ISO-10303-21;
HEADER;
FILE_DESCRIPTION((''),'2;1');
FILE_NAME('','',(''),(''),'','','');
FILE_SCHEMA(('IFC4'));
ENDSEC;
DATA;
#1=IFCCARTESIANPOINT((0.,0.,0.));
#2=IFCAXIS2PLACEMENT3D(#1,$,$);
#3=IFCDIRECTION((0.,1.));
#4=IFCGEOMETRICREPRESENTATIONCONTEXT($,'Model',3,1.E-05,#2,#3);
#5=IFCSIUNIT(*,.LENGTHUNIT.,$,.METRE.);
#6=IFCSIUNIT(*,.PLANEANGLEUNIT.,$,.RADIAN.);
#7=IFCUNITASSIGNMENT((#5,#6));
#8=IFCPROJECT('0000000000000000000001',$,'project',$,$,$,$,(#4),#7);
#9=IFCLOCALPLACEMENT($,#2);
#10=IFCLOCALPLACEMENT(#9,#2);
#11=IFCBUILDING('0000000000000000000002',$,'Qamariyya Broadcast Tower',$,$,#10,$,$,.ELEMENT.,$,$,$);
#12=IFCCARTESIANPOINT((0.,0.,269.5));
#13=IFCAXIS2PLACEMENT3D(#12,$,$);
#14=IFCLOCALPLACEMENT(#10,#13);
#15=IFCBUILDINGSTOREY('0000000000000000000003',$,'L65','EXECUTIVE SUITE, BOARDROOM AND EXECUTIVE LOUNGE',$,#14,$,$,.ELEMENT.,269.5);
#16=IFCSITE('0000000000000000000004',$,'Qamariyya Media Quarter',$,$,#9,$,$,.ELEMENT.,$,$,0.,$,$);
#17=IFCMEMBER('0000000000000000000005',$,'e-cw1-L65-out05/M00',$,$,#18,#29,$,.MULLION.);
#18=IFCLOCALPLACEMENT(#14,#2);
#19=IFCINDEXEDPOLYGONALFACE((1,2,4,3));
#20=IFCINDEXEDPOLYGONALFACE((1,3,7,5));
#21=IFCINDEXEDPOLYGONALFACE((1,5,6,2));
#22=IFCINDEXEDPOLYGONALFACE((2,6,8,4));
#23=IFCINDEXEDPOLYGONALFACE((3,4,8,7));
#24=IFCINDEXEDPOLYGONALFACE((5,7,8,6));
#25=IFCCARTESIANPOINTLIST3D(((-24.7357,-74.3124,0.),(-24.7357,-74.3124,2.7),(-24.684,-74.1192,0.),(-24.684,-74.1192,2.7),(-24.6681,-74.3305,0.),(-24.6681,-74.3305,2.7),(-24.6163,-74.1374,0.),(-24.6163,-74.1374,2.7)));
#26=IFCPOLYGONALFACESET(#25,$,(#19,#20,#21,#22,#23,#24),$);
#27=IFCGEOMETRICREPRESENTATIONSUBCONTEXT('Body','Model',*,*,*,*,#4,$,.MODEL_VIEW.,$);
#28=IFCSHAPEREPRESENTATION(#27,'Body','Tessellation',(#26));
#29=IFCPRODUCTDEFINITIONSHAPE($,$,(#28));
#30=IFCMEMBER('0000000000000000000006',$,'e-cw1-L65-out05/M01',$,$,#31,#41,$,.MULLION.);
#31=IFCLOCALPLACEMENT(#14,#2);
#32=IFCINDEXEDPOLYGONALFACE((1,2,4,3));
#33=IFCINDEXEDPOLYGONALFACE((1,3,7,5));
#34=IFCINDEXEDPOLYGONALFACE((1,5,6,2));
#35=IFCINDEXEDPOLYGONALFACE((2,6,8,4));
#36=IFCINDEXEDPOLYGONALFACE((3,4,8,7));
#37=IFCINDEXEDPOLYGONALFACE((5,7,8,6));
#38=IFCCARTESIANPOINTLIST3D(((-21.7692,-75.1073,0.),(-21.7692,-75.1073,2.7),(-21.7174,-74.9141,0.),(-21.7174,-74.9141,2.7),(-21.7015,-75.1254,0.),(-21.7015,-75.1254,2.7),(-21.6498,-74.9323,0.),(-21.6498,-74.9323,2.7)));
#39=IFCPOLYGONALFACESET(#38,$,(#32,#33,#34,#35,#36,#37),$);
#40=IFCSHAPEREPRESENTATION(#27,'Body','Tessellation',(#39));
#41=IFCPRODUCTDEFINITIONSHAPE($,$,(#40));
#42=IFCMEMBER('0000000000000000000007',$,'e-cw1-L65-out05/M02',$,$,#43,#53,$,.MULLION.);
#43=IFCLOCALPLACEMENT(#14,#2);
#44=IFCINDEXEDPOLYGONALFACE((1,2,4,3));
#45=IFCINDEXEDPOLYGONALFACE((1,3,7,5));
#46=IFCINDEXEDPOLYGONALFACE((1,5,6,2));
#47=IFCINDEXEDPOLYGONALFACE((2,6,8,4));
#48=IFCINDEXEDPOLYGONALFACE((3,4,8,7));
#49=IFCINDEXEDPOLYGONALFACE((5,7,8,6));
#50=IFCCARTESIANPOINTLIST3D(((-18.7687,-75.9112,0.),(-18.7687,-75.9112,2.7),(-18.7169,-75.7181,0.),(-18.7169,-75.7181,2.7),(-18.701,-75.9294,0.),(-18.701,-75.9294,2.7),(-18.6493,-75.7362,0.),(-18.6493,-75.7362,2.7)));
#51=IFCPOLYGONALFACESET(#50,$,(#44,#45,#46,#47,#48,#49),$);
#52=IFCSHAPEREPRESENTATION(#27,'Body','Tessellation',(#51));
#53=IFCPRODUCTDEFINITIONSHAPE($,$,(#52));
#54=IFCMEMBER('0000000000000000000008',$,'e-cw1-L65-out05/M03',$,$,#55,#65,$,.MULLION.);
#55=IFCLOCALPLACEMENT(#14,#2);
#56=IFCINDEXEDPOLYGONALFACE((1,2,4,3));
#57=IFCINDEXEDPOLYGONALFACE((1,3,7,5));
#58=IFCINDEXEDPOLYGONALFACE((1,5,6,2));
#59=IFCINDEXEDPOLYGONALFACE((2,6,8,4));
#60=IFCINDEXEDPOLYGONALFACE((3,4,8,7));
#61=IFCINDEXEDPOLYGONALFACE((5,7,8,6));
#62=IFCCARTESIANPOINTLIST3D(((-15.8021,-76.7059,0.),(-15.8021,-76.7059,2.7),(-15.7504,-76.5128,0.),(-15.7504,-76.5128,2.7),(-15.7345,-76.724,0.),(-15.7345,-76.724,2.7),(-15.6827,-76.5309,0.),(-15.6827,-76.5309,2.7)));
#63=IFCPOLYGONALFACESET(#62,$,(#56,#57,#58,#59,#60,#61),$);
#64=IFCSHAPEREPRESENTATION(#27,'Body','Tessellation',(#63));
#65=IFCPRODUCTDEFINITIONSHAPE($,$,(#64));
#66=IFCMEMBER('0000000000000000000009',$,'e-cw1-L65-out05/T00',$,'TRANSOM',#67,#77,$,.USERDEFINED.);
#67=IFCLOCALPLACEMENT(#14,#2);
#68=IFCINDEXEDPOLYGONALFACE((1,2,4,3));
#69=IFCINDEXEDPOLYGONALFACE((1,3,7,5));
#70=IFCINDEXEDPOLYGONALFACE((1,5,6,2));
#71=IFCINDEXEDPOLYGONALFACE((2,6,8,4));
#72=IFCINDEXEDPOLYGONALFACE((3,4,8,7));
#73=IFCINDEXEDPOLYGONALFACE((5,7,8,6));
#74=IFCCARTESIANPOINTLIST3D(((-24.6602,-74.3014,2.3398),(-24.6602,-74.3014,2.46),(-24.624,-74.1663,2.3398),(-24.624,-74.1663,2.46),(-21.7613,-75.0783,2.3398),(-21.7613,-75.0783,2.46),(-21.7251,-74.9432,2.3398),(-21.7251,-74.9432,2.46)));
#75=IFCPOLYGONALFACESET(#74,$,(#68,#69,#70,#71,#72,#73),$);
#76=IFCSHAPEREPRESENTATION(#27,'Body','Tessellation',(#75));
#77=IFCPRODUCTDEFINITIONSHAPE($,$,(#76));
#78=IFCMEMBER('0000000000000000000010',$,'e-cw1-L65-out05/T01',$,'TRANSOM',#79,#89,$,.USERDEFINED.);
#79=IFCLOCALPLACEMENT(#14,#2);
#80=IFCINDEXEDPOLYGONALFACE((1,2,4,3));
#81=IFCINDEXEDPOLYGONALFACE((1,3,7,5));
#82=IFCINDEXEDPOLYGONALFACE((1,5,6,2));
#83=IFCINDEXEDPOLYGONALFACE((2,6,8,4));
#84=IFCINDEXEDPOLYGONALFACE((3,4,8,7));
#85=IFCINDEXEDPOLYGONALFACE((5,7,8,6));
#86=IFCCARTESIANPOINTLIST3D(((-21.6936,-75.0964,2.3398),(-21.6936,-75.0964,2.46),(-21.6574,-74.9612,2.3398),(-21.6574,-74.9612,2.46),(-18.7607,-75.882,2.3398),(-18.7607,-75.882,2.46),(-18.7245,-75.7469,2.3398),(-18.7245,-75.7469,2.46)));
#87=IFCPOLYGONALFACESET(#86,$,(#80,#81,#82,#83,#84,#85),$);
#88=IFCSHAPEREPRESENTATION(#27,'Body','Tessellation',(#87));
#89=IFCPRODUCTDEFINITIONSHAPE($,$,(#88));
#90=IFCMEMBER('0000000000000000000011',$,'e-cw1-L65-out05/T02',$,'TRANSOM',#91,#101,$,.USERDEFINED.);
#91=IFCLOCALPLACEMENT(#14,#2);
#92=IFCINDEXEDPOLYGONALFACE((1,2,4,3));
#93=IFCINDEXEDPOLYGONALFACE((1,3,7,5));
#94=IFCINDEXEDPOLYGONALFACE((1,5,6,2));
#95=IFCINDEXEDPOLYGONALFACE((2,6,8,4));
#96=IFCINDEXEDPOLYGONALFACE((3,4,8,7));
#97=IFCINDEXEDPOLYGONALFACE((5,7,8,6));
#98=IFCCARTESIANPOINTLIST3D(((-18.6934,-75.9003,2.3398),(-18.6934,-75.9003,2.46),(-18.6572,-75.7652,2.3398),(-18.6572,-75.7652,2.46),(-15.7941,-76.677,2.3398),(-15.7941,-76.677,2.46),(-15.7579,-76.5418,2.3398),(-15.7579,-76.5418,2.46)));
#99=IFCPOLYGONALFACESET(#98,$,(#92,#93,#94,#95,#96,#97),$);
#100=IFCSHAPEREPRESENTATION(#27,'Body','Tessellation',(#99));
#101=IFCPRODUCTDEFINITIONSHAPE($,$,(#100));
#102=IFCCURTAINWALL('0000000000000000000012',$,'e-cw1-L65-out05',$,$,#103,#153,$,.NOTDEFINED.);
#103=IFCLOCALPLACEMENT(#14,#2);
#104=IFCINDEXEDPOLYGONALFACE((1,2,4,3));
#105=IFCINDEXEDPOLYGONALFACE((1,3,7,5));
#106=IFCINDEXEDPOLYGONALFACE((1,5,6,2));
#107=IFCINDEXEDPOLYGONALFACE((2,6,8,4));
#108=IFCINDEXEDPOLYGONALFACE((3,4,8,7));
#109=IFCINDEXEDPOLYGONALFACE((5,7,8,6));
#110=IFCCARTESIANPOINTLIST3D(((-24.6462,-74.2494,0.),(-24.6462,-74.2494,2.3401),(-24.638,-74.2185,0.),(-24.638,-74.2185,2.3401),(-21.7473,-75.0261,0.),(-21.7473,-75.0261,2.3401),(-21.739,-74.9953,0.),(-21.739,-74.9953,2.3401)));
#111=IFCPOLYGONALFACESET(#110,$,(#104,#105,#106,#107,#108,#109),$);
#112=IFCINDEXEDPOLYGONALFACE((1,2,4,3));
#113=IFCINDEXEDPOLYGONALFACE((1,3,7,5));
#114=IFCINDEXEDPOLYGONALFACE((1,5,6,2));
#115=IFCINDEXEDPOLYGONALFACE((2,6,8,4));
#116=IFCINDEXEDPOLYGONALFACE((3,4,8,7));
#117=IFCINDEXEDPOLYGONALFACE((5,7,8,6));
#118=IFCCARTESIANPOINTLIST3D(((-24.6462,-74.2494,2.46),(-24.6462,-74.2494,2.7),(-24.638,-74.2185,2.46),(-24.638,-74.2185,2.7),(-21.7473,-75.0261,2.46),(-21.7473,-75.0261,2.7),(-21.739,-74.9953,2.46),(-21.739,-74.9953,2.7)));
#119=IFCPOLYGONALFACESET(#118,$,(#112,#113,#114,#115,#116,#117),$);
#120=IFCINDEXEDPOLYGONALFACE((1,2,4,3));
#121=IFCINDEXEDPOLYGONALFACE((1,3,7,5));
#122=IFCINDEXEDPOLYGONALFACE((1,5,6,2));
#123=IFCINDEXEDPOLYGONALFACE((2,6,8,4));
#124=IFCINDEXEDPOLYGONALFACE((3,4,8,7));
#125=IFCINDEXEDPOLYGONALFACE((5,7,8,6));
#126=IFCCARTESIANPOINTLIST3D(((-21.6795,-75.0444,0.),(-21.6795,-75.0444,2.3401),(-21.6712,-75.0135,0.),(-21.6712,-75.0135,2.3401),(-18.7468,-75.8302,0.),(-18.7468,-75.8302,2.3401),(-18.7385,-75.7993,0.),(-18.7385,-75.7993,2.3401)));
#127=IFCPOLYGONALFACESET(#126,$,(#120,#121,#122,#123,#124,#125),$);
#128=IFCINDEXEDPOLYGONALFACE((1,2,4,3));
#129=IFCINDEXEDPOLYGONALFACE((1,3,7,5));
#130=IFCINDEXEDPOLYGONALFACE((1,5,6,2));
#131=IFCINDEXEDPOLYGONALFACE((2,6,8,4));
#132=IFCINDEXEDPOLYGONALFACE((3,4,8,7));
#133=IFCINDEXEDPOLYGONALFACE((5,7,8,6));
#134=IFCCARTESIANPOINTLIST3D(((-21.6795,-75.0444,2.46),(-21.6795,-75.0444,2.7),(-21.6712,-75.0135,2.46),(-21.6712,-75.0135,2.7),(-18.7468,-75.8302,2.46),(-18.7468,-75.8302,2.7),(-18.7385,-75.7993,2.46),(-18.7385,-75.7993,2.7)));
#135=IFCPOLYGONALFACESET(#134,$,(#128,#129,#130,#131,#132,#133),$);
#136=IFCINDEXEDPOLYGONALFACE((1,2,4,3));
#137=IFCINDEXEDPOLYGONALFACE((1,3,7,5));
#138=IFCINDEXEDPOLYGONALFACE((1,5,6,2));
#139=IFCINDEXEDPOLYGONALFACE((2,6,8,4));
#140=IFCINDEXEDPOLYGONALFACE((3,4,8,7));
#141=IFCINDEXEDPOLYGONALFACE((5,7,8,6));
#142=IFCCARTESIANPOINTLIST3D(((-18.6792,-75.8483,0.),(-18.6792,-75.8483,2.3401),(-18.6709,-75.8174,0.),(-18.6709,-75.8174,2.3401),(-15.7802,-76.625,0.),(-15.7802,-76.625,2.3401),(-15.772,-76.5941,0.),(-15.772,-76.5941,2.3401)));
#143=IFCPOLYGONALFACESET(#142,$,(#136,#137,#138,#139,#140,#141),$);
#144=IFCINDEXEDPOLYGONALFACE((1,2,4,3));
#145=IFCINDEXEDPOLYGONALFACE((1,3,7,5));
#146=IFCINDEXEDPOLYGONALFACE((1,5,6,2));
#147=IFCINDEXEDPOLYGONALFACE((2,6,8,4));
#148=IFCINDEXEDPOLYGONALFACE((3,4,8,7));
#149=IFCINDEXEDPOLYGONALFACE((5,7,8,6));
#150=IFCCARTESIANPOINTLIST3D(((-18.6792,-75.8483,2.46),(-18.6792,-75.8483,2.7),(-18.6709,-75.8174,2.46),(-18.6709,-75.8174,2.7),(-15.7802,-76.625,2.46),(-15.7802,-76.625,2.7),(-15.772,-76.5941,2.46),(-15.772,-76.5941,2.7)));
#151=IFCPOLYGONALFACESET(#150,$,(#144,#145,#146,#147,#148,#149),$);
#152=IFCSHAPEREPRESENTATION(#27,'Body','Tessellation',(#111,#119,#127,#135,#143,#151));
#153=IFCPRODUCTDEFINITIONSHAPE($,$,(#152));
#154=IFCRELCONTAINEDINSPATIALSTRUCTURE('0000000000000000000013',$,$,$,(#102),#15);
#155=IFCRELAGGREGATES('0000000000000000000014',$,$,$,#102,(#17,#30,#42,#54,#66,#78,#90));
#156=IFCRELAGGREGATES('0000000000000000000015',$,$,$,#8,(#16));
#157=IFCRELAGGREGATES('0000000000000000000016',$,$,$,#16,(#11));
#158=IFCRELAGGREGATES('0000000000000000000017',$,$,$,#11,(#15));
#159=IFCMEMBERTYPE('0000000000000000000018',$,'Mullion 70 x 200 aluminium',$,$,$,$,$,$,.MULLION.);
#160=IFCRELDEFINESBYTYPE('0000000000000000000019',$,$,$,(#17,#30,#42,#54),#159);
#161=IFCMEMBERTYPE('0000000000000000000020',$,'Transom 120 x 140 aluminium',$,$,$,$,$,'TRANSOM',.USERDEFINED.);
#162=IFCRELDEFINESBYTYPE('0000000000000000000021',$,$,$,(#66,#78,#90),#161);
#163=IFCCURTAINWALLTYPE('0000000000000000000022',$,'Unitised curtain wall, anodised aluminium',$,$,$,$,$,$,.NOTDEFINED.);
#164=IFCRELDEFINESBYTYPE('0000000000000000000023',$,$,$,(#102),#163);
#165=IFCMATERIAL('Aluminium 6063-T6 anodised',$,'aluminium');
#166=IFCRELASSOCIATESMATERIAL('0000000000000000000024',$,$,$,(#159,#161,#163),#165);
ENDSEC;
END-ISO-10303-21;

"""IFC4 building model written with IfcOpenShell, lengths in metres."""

from ifc_helpers import new_model, si_unit, direction, frame, origin, origin_2d, place, context, subcontext, project, spatial, rectangle, extrude, material, material_profile, profile_set, type_object, element, aggregate, save


model = new_model("IFC4")

# Units and contexts
model_context = context("Model", 3, precision=1e-05, world=origin(), true_north=direction((0.0, 1.0)))
body_context = subcontext(model_context, "Body", "Model", "MODEL_VIEW")
ifc_project = project(units=[si_unit("LENGTHUNIT", "METRE"), si_unit("PLANEANGLEUNIT", "RADIAN")], contexts=[model_context])

# Members
ifc_material = material(Name="Aluminium 6063-T6 anodised", Category="aluminium")
ifc_material_profile_1 = material_profile(ifc_material, rectangle(XDim=0.2, YDim=0.0701, at=origin_2d()))
ifc_profile_set_1 = profile_set([ifc_material_profile_1], Name="Aluminium 6063-T6 anodised")
member_type_1 = type_object("IfcMemberType", Name="Mullion 70 x 200 aluminium", PredefinedType="MULLION", material=ifc_profile_set_1)
site_placement = place(None, origin())
building_placement = place(site_placement, origin())
storey_placement = place(building_placement, frame((0.0, 0.0, 269.5)))
member_1_placement = place(storey_placement, frame((-24.676, -74.2249, 0.0), z_axis=(0.0, 0.0, 1.0), x_axis=(0.258819, 0.965926, 0.0)))
member_1 = element("IfcMember", 1, at=member_1_placement, type_object=member_type_1, Name="e-cw1-L65-out05/M00", PredefinedType="MULLION", context=body_context, shape_type="SweptSolid", body=[
    extrude(rectangle(XDim=0.2, YDim=0.0701, at=origin_2d()), origin(), (0.0, 0.0, 1.0), 2.7),
])
member_2_placement = place(storey_placement, frame((-21.7095, -75.0198, 0.0), z_axis=(0.0, 0.0, 1.0), x_axis=(0.258819, 0.965926, 0.0)))
member_2 = element("IfcMember", 2, at=member_2_placement, type_object=member_type_1, Name="e-cw1-L65-out05/M01", PredefinedType="MULLION", context=body_context, shape_type="SweptSolid", body=[
    extrude(rectangle(XDim=0.2, YDim=0.0701, at=origin_2d()), origin(), (0.0, 0.0, 1.0), 2.7),
])
member_3_placement = place(storey_placement, frame((-18.709, -75.8237, 0.0), z_axis=(0.0, 0.0, 1.0), x_axis=(0.258819, 0.965926, 0.0)))
member_3 = element("IfcMember", 3, at=member_3_placement, type_object=member_type_1, Name="e-cw1-L65-out05/M02", PredefinedType="MULLION", context=body_context, shape_type="SweptSolid", body=[
    extrude(rectangle(XDim=0.2, YDim=0.0701, at=origin_2d()), origin(), (0.0, 0.0, 1.0), 2.7),
])
member_4_placement = place(storey_placement, frame((-15.7424, -76.6184, 0.0), z_axis=(0.0, 0.0, 1.0), x_axis=(0.258819, 0.965926, 0.0)))
member_4 = element("IfcMember", 4, at=member_4_placement, type_object=member_type_1, Name="e-cw1-L65-out05/M03", PredefinedType="MULLION", context=body_context, shape_type="SweptSolid", body=[
    extrude(rectangle(XDim=0.2, YDim=0.0701, at=origin_2d()), origin(), (0.0, 0.0, 1.0), 2.7),
])
ifc_material_profile_2 = material_profile(ifc_material, rectangle(XDim=0.1399, YDim=0.1201, at=origin_2d()))
ifc_profile_set_2 = profile_set([ifc_material_profile_2], Name="Aluminium 6063-T6 anodised")
member_type_2 = type_object("IfcMemberType", Name="Transom 120 x 140 aluminium", ElementType="TRANSOM", PredefinedType="USERDEFINED", material=ifc_profile_set_2)
member_5_placement = place(storey_placement, frame((-24.6421, -74.2339, 2.3999), z_axis=(0.965918, -0.258847, 0.0), x_axis=(0.258847, 0.965918, 0.0)))
member_5 = element("IfcMember", 5, at=member_5_placement, type_object=member_type_2, Name="e-cw1-L65-out05/T00", ObjectType="TRANSOM", PredefinedType="USERDEFINED", context=body_context, shape_type="SweptSolid", body=[
    extrude(rectangle(XDim=0.1399, YDim=0.1201, at=origin_2d()), origin(), (0.0, 0.0, 1.0), 3.0012),
])
member_6_placement = place(storey_placement, frame((-21.6755, -75.0288, 2.3999), z_axis=(0.965943, -0.258754, 0.0), x_axis=(0.258754, 0.965943, 0.0)))
member_6 = element("IfcMember", 6, at=member_6_placement, type_object=member_type_2, Name="e-cw1-L65-out05/T01", ObjectType="TRANSOM", PredefinedType="USERDEFINED", context=body_context, shape_type="SweptSolid", body=[
    extrude(rectangle(XDim=0.1399, YDim=0.1201, at=origin_2d()), origin(), (0.0, 0.0, 1.0), 3.0364),
])
member_7_placement = place(storey_placement, frame((-18.6753, -75.8328, 2.3999), z_axis=(0.965944, -0.258751, 0.0), x_axis=(0.258751, 0.965944, 0.0)))
member_7 = element("IfcMember", 7, at=member_7_placement, type_object=member_type_2, Name="e-cw1-L65-out05/T02", ObjectType="TRANSOM", PredefinedType="USERDEFINED", context=body_context, shape_type="SweptSolid", body=[
    extrude(rectangle(XDim=0.1399, YDim=0.1201, at=origin_2d()), origin(), (0.0, 0.0, 1.0), 3.0015),
])

# Site, building, storey
site = spatial("IfcSite", under=ifc_project, at=site_placement, Name="Qamariyya Media Quarter", CompositionType="ELEMENT", RefElevation=0.0)
building = spatial("IfcBuilding", under=site, at=building_placement, Name="Qamariyya Broadcast Tower", CompositionType="ELEMENT")
storey = spatial("IfcBuildingStorey", under=building, at=storey_placement, Name="L65", Description="EXECUTIVE SUITE, BOARDROOM AND EXECUTIVE LOUNGE", CompositionType="ELEMENT", Elevation=269.5)

# Curtain wall
curtain_wall_type = type_object("IfcCurtainWallType", Name="Unitised curtain wall, anodised aluminium", PredefinedType="NOTDEFINED", material=ifc_material)
curtain_wall_1_placement = place(storey_placement, origin())
curtain_wall_1 = element("IfcCurtainWall", 8, at=curtain_wall_1_placement, inside=storey, type_object=curtain_wall_type, Name="e-cw1-L65-out05", PredefinedType="NOTDEFINED", context=body_context, shape_type="SweptSolid", body=[
    extrude(rectangle(XDim=3.0012, YDim=0.032, at=origin_2d()), frame((-23.1926, -74.6223, 0.0), x_axis=(0.965926, -0.258819, 0.0)), (0.0, 0.0, 1.0), 2.3401),
    extrude(rectangle(XDim=3.0012, YDim=0.032, at=origin_2d()), frame((-23.1926, -74.6223, 2.46), x_axis=(0.965926, -0.258819, 0.0)), (0.0, 0.0, 1.0), 0.24),
    extrude(rectangle(XDim=3.0361, YDim=0.032, at=origin_2d()), frame((-20.209, -75.4219, 0.0), x_axis=(0.965926, -0.258819, 0.0)), (0.0, 0.0, 1.0), 2.3401),
    extrude(rectangle(XDim=3.0361, YDim=0.032, at=origin_2d()), frame((-20.209, -75.4219, 2.46), x_axis=(0.965926, -0.258819, 0.0)), (0.0, 0.0, 1.0), 0.24),
    extrude(rectangle(XDim=3.0012, YDim=0.032, at=origin_2d()), frame((-17.2256, -76.2212, 0.0), x_axis=(0.965926, -0.258819, 0.0)), (0.0, 0.0, 1.0), 2.3401),
    extrude(rectangle(XDim=3.0012, YDim=0.032, at=origin_2d()), frame((-17.2256, -76.2212, 2.46), x_axis=(0.965926, -0.258819, 0.0)), (0.0, 0.0, 1.0), 0.24),
])
aggregate(curtain_wall_1, [member_1, member_2, member_3, member_4, member_5, member_6, member_7])

save(model, "model.ifc")
